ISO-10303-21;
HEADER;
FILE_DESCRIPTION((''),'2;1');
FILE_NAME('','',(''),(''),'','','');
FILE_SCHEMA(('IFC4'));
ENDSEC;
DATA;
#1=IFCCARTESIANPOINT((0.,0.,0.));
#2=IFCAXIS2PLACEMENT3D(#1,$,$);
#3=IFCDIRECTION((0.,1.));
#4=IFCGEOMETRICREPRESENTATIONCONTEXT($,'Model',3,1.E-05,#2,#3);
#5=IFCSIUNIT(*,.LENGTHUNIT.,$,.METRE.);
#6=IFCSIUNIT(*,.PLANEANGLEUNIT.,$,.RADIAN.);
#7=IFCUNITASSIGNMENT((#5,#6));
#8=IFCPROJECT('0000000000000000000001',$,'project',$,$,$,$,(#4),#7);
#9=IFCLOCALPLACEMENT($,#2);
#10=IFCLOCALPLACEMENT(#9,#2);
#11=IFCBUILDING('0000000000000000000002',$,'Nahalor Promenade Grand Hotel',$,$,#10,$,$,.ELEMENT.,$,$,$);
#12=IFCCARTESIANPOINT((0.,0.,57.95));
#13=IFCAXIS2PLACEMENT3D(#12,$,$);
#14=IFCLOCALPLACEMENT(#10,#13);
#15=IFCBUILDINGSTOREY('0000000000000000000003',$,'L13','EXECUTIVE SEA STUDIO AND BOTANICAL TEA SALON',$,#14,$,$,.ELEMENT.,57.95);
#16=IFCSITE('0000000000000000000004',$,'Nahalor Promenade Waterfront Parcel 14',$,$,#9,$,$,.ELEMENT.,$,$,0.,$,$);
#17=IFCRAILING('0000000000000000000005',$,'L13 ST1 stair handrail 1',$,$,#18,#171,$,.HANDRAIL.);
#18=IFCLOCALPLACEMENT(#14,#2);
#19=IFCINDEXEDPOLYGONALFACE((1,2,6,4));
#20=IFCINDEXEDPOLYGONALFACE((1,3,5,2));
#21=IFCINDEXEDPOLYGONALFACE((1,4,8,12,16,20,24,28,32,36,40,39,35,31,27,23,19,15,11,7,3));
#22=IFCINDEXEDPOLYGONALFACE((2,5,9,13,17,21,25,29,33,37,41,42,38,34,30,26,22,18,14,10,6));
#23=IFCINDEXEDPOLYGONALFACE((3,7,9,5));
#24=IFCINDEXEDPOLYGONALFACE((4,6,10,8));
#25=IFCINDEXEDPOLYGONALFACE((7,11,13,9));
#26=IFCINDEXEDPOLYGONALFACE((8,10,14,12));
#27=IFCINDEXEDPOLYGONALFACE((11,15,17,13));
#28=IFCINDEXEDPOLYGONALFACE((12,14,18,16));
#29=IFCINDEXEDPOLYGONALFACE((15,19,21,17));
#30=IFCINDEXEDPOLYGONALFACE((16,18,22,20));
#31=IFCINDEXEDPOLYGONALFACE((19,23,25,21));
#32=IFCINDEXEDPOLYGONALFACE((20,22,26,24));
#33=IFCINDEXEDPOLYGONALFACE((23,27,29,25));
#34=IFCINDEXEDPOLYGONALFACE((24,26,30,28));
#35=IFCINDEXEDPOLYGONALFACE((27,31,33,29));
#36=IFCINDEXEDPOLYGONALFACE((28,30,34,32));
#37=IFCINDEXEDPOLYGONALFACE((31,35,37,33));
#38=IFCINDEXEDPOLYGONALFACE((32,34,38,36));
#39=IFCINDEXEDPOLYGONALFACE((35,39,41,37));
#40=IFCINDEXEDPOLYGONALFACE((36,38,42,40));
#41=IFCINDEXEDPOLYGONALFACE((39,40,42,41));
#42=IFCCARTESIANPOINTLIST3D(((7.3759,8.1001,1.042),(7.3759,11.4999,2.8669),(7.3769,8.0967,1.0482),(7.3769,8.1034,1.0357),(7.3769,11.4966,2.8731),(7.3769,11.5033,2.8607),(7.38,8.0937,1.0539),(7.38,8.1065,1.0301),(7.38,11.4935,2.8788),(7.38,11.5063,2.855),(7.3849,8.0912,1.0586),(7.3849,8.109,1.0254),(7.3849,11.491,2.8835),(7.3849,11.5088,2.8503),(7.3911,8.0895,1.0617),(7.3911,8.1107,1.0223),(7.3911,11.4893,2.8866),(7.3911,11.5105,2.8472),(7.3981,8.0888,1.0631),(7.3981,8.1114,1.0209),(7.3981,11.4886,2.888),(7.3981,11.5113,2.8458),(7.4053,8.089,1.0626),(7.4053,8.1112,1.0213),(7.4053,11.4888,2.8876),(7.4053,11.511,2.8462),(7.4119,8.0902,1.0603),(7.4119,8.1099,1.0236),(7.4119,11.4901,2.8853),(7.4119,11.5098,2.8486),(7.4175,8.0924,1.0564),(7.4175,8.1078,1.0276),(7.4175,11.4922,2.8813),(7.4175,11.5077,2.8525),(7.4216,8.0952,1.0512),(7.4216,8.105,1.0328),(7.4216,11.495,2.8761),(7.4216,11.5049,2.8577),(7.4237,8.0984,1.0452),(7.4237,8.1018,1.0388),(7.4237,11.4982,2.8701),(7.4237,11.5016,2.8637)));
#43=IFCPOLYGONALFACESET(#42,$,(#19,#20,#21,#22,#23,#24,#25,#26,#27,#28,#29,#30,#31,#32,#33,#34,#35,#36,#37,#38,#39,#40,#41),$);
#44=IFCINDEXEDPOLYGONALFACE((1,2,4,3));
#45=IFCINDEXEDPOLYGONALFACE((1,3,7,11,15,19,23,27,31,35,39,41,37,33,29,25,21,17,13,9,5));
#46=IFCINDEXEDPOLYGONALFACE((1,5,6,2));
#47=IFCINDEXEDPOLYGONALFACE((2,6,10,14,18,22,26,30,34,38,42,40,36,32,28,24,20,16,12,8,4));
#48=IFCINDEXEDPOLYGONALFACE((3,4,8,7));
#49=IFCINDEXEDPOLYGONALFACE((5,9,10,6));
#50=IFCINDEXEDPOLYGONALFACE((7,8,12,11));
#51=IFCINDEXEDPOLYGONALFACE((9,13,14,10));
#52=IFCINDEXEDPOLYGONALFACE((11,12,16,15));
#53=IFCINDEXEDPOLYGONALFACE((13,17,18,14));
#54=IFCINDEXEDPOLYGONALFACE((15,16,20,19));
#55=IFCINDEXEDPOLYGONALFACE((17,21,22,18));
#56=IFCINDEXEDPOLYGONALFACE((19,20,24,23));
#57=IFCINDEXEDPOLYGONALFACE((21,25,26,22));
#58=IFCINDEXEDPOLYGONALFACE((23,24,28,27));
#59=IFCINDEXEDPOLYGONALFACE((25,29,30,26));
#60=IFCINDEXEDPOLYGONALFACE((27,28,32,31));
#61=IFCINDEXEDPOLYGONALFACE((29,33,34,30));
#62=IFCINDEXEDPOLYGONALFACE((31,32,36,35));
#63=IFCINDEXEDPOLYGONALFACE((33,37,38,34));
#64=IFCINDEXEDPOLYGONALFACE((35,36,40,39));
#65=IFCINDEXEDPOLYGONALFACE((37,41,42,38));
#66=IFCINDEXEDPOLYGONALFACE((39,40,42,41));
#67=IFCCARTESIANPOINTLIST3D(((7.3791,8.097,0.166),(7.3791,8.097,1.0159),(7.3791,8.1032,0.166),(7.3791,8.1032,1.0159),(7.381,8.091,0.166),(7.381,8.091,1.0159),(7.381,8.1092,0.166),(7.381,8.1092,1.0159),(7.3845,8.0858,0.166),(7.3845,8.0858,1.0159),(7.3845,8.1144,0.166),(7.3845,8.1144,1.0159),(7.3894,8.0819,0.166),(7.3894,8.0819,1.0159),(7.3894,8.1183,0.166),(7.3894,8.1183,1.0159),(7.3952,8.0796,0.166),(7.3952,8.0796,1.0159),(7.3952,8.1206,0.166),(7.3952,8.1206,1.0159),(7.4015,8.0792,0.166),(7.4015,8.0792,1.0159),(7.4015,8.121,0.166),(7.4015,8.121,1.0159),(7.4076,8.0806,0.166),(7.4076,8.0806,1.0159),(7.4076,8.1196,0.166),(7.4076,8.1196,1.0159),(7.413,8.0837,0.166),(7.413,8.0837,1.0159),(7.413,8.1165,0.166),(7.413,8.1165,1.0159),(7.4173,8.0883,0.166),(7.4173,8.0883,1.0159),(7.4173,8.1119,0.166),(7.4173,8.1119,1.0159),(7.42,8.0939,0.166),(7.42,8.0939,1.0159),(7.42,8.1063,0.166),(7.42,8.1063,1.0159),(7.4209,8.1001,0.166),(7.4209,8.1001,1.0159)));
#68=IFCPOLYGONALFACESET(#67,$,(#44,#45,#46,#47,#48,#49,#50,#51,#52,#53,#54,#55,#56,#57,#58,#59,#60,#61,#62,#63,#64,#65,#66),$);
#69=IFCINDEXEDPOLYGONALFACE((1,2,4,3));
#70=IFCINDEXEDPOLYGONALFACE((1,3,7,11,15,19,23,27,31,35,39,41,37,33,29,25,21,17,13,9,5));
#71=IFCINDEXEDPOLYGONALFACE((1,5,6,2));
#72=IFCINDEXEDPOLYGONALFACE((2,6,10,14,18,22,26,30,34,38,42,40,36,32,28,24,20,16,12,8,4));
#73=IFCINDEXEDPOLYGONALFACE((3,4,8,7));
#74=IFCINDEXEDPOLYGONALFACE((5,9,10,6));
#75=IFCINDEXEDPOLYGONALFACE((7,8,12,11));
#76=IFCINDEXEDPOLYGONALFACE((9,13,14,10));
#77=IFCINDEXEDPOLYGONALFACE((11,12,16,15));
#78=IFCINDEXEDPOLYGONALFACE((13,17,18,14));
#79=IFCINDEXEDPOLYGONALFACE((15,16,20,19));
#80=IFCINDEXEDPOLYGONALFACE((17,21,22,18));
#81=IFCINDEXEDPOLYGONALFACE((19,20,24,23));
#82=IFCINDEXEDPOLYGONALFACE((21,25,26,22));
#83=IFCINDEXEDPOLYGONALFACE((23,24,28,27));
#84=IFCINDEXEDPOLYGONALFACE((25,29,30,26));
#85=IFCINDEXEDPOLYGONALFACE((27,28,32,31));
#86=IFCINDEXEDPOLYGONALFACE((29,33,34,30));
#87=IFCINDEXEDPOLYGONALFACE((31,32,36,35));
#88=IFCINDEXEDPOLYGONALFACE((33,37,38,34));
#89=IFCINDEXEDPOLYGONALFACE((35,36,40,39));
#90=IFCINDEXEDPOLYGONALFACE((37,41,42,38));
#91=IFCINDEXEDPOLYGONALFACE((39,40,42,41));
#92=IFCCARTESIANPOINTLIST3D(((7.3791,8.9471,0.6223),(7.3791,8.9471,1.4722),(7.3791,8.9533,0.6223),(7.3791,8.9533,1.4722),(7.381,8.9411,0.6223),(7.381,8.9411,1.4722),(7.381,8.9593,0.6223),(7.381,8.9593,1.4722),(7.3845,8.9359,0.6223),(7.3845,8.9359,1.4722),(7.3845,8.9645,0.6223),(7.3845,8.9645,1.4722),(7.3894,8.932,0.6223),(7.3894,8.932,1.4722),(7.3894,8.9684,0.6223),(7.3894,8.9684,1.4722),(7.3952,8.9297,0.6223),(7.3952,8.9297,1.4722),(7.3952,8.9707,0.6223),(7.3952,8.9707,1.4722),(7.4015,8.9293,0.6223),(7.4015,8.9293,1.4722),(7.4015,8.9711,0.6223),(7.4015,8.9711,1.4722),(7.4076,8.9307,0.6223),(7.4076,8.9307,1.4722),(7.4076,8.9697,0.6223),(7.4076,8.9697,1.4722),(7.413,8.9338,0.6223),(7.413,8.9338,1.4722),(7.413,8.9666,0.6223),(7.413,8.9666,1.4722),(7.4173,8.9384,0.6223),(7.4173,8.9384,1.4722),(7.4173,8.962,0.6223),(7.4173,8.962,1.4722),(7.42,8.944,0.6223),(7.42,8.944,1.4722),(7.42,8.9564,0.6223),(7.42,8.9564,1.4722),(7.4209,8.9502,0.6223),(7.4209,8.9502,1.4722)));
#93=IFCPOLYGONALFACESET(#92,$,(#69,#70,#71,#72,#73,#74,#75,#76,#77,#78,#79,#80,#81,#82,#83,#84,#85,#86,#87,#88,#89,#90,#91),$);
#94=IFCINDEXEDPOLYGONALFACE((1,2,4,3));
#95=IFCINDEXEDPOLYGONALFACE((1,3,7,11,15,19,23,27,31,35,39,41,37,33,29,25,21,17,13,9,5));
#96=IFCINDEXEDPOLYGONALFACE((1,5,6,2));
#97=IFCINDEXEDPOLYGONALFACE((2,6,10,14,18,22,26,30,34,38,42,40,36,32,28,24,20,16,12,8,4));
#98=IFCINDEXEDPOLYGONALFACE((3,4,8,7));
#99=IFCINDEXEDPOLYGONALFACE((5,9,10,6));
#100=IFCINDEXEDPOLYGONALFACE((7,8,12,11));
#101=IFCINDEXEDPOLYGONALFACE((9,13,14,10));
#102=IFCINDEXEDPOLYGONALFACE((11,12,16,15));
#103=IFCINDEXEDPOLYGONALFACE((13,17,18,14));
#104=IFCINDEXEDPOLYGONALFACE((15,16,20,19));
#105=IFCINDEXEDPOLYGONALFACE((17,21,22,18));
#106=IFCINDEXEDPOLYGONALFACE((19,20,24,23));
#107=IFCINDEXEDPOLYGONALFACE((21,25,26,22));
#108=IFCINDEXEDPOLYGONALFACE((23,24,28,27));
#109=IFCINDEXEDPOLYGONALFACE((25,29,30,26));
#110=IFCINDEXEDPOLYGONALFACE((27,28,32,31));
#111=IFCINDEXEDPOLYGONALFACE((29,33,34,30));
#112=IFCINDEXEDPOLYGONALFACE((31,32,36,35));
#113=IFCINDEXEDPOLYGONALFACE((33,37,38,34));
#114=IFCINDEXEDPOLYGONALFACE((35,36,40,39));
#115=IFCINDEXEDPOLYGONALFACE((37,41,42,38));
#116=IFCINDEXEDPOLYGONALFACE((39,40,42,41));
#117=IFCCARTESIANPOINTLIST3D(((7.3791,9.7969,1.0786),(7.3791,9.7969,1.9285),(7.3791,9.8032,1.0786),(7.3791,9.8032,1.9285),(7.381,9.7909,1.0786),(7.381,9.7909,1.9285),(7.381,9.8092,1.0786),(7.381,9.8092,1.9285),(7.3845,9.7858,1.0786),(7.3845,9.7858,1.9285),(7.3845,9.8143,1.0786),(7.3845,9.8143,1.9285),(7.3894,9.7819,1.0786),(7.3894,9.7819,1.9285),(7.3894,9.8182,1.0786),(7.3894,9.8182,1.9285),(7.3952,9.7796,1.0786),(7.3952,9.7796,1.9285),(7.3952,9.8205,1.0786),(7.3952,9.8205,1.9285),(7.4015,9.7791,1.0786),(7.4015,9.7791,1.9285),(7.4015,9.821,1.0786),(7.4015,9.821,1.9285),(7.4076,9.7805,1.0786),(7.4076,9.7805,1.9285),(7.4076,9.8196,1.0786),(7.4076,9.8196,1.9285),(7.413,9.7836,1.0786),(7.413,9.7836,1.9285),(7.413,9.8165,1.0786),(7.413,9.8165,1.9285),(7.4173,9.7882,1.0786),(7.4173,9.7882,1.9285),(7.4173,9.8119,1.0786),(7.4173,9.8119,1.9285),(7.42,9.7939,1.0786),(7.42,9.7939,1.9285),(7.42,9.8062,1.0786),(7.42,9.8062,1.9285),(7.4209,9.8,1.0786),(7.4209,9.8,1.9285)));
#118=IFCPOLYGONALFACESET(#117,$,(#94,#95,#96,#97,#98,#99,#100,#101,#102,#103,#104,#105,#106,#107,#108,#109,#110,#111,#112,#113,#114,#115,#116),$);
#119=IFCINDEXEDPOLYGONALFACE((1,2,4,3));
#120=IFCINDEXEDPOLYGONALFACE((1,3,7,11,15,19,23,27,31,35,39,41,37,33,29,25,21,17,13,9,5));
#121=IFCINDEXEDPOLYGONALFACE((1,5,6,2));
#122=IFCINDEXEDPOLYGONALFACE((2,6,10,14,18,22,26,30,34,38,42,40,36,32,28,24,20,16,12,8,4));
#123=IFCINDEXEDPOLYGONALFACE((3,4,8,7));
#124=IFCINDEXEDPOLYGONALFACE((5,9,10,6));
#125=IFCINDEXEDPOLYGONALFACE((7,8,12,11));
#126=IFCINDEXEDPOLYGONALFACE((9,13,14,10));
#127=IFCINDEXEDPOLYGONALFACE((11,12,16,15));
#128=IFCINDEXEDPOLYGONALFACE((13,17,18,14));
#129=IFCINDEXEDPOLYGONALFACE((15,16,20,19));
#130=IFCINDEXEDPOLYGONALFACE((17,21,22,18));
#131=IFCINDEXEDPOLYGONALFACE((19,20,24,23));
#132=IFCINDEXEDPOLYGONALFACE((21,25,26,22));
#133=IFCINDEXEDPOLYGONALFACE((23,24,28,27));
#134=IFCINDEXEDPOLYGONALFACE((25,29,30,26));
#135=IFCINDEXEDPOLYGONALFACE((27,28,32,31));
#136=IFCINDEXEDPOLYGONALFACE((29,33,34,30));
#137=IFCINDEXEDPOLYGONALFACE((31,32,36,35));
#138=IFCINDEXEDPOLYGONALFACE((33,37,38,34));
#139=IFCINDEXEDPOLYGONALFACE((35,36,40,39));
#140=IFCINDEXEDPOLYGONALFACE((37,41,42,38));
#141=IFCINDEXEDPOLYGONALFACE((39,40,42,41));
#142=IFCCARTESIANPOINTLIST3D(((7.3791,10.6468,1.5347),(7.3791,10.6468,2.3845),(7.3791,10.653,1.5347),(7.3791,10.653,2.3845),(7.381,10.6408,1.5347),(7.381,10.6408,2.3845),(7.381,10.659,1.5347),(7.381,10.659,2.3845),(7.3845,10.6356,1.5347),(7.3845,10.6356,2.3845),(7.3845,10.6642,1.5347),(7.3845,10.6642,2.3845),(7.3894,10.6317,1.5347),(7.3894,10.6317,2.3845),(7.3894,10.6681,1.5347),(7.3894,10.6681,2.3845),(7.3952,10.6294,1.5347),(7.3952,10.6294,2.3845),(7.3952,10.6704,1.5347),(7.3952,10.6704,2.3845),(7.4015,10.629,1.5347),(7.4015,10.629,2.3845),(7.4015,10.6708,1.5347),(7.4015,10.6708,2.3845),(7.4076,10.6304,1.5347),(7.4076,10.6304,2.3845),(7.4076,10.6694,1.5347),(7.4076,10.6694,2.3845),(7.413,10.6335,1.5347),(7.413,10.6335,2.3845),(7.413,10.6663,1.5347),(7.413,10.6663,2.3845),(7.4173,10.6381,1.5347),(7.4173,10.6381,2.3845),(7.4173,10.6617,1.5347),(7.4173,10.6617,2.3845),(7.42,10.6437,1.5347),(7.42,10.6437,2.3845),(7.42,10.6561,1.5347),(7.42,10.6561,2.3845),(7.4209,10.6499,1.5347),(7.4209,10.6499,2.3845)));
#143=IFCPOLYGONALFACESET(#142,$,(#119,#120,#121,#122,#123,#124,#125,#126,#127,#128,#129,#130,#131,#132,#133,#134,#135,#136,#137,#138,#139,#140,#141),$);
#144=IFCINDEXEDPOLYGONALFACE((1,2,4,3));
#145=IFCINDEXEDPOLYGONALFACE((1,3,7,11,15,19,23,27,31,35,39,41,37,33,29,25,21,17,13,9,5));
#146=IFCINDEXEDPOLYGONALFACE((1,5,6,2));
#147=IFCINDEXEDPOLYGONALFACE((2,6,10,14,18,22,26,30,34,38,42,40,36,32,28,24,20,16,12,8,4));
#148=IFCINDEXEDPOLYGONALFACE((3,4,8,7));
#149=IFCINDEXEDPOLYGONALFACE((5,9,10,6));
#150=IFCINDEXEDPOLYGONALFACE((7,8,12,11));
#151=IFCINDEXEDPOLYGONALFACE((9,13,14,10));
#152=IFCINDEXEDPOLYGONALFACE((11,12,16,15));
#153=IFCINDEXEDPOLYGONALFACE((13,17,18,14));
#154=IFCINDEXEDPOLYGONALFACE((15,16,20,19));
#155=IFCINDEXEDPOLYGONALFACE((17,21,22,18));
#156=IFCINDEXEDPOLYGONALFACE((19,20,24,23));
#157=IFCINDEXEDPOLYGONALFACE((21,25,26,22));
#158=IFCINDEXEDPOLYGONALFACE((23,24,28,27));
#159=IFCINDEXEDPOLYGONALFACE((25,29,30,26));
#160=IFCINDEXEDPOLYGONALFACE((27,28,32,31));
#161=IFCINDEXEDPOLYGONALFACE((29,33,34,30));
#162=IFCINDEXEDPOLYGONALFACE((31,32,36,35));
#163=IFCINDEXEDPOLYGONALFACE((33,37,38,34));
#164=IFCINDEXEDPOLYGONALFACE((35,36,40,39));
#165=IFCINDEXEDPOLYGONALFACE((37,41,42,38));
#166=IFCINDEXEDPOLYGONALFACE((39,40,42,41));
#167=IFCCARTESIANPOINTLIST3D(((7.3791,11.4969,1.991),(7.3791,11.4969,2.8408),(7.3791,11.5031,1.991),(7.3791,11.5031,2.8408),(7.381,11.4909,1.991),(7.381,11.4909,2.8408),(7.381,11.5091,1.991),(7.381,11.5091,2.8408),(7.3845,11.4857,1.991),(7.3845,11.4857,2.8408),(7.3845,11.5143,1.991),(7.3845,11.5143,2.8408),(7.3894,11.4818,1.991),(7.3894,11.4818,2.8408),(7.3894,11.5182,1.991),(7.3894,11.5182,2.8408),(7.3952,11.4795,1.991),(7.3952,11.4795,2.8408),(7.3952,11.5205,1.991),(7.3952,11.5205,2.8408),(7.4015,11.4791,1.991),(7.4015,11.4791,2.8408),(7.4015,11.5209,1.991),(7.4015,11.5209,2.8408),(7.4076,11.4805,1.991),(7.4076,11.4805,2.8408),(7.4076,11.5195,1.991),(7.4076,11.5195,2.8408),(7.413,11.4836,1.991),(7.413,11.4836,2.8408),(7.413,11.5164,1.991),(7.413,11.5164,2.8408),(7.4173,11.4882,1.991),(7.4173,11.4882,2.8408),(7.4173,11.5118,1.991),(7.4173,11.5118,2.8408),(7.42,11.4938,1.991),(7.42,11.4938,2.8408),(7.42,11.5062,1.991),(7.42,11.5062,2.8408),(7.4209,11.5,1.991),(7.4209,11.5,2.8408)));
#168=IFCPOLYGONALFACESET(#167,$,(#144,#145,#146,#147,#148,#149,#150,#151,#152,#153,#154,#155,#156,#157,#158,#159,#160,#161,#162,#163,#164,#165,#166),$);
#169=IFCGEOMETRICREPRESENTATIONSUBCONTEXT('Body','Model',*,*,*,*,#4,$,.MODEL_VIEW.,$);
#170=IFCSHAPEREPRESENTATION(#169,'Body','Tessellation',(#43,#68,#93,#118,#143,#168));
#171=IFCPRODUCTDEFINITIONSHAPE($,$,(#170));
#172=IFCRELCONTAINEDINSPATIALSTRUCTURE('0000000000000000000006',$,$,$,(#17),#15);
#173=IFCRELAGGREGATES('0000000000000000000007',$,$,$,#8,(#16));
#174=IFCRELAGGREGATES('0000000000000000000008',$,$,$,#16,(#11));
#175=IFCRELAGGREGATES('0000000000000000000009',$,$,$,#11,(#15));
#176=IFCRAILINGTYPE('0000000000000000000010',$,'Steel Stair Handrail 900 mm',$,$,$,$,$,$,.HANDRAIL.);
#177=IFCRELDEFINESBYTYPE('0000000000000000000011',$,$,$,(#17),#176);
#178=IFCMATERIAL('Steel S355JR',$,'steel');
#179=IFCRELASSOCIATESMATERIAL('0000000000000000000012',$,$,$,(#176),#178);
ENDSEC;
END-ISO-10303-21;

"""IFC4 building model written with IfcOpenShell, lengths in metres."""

from ifc_helpers import new_model, si_unit, direction, frame, origin, origin_2d, place, context, subcontext, project, spatial, circle, extrude, material, type_object, element, save


model = new_model("IFC4")

# Units and contexts
model_context = context("Model", 3, precision=1e-05, world=origin(), true_north=direction((0.0, 1.0)))
body_context = subcontext(model_context, "Body", "Model", "MODEL_VIEW")
ifc_project = project(units=[si_unit("LENGTHUNIT", "METRE"), si_unit("PLANEANGLEUNIT", "RADIAN")], contexts=[model_context])

# Site, building, storey
site_placement = place(None, origin())
site = spatial("IfcSite", under=ifc_project, at=site_placement, Name="Nahalor Promenade Waterfront Parcel 14", CompositionType="ELEMENT", RefElevation=0.0)
building_placement = place(site_placement, origin())
building = spatial("IfcBuilding", under=site, at=building_placement, Name="Nahalor Promenade Grand Hotel", CompositionType="ELEMENT")
storey_placement = place(building_placement, frame((0.0, 0.0, 57.95)))
storey = spatial("IfcBuildingStorey", under=building, at=storey_placement, Name="L13", Description="EXECUTIVE SEA STUDIO AND BOTANICAL TEA SALON", CompositionType="ELEMENT", Elevation=57.95)

# Shared definitions
ifc_material_1 = material(Name="Steel S355JR", Category="steel")

# Railing
railing_type_1 = type_object("IfcRailingType", Name="Steel Stair Handrail 900 mm", PredefinedType="HANDRAIL", material=ifc_material_1)
railing_1_placement = place(storey_placement, frame((7.3999, 8.1001, 0.166)))
element("IfcRailing", 1, at=railing_1_placement, inside=storey, type_object=railing_type_1, Name="L13 ST1 stair handrail 1", PredefinedType="HANDRAIL", context=body_context, shape_type="SweptSolid", body=[
    extrude(circle(Radius=0.024, at=origin_2d()), frame((0.0, 0.0, 0.876), z_axis=(0.0, 0.881094, 0.472941), x_axis=(-1.0, 0.0, 0.0)), (0.0, 0.0, 1.0), 3.8586),
    extrude(circle(Radius=0.021, at=origin_2d()), origin(), (0.0, 0.0, 1.0), 0.8499),
    extrude(circle(Radius=0.021, at=origin_2d()), frame((0.0, 0.8501, 0.4563)), (0.0, 0.0, 1.0), 0.8499),
    extrude(circle(Radius=0.021, at=origin_2d()), frame((0.0, 1.7, 0.9126)), (0.0, 0.0, 1.0), 0.8499),
    extrude(circle(Radius=0.021, at=origin_2d()), frame((0.0, 2.5498, 1.3687)), (0.0, 0.0, 1.0), 0.8499),
    extrude(circle(Radius=0.021, at=origin_2d()), frame((0.0, 3.3999, 1.825)), (0.0, 0.0, 1.0), 0.8499),
])

save(model, "model.ifc")
